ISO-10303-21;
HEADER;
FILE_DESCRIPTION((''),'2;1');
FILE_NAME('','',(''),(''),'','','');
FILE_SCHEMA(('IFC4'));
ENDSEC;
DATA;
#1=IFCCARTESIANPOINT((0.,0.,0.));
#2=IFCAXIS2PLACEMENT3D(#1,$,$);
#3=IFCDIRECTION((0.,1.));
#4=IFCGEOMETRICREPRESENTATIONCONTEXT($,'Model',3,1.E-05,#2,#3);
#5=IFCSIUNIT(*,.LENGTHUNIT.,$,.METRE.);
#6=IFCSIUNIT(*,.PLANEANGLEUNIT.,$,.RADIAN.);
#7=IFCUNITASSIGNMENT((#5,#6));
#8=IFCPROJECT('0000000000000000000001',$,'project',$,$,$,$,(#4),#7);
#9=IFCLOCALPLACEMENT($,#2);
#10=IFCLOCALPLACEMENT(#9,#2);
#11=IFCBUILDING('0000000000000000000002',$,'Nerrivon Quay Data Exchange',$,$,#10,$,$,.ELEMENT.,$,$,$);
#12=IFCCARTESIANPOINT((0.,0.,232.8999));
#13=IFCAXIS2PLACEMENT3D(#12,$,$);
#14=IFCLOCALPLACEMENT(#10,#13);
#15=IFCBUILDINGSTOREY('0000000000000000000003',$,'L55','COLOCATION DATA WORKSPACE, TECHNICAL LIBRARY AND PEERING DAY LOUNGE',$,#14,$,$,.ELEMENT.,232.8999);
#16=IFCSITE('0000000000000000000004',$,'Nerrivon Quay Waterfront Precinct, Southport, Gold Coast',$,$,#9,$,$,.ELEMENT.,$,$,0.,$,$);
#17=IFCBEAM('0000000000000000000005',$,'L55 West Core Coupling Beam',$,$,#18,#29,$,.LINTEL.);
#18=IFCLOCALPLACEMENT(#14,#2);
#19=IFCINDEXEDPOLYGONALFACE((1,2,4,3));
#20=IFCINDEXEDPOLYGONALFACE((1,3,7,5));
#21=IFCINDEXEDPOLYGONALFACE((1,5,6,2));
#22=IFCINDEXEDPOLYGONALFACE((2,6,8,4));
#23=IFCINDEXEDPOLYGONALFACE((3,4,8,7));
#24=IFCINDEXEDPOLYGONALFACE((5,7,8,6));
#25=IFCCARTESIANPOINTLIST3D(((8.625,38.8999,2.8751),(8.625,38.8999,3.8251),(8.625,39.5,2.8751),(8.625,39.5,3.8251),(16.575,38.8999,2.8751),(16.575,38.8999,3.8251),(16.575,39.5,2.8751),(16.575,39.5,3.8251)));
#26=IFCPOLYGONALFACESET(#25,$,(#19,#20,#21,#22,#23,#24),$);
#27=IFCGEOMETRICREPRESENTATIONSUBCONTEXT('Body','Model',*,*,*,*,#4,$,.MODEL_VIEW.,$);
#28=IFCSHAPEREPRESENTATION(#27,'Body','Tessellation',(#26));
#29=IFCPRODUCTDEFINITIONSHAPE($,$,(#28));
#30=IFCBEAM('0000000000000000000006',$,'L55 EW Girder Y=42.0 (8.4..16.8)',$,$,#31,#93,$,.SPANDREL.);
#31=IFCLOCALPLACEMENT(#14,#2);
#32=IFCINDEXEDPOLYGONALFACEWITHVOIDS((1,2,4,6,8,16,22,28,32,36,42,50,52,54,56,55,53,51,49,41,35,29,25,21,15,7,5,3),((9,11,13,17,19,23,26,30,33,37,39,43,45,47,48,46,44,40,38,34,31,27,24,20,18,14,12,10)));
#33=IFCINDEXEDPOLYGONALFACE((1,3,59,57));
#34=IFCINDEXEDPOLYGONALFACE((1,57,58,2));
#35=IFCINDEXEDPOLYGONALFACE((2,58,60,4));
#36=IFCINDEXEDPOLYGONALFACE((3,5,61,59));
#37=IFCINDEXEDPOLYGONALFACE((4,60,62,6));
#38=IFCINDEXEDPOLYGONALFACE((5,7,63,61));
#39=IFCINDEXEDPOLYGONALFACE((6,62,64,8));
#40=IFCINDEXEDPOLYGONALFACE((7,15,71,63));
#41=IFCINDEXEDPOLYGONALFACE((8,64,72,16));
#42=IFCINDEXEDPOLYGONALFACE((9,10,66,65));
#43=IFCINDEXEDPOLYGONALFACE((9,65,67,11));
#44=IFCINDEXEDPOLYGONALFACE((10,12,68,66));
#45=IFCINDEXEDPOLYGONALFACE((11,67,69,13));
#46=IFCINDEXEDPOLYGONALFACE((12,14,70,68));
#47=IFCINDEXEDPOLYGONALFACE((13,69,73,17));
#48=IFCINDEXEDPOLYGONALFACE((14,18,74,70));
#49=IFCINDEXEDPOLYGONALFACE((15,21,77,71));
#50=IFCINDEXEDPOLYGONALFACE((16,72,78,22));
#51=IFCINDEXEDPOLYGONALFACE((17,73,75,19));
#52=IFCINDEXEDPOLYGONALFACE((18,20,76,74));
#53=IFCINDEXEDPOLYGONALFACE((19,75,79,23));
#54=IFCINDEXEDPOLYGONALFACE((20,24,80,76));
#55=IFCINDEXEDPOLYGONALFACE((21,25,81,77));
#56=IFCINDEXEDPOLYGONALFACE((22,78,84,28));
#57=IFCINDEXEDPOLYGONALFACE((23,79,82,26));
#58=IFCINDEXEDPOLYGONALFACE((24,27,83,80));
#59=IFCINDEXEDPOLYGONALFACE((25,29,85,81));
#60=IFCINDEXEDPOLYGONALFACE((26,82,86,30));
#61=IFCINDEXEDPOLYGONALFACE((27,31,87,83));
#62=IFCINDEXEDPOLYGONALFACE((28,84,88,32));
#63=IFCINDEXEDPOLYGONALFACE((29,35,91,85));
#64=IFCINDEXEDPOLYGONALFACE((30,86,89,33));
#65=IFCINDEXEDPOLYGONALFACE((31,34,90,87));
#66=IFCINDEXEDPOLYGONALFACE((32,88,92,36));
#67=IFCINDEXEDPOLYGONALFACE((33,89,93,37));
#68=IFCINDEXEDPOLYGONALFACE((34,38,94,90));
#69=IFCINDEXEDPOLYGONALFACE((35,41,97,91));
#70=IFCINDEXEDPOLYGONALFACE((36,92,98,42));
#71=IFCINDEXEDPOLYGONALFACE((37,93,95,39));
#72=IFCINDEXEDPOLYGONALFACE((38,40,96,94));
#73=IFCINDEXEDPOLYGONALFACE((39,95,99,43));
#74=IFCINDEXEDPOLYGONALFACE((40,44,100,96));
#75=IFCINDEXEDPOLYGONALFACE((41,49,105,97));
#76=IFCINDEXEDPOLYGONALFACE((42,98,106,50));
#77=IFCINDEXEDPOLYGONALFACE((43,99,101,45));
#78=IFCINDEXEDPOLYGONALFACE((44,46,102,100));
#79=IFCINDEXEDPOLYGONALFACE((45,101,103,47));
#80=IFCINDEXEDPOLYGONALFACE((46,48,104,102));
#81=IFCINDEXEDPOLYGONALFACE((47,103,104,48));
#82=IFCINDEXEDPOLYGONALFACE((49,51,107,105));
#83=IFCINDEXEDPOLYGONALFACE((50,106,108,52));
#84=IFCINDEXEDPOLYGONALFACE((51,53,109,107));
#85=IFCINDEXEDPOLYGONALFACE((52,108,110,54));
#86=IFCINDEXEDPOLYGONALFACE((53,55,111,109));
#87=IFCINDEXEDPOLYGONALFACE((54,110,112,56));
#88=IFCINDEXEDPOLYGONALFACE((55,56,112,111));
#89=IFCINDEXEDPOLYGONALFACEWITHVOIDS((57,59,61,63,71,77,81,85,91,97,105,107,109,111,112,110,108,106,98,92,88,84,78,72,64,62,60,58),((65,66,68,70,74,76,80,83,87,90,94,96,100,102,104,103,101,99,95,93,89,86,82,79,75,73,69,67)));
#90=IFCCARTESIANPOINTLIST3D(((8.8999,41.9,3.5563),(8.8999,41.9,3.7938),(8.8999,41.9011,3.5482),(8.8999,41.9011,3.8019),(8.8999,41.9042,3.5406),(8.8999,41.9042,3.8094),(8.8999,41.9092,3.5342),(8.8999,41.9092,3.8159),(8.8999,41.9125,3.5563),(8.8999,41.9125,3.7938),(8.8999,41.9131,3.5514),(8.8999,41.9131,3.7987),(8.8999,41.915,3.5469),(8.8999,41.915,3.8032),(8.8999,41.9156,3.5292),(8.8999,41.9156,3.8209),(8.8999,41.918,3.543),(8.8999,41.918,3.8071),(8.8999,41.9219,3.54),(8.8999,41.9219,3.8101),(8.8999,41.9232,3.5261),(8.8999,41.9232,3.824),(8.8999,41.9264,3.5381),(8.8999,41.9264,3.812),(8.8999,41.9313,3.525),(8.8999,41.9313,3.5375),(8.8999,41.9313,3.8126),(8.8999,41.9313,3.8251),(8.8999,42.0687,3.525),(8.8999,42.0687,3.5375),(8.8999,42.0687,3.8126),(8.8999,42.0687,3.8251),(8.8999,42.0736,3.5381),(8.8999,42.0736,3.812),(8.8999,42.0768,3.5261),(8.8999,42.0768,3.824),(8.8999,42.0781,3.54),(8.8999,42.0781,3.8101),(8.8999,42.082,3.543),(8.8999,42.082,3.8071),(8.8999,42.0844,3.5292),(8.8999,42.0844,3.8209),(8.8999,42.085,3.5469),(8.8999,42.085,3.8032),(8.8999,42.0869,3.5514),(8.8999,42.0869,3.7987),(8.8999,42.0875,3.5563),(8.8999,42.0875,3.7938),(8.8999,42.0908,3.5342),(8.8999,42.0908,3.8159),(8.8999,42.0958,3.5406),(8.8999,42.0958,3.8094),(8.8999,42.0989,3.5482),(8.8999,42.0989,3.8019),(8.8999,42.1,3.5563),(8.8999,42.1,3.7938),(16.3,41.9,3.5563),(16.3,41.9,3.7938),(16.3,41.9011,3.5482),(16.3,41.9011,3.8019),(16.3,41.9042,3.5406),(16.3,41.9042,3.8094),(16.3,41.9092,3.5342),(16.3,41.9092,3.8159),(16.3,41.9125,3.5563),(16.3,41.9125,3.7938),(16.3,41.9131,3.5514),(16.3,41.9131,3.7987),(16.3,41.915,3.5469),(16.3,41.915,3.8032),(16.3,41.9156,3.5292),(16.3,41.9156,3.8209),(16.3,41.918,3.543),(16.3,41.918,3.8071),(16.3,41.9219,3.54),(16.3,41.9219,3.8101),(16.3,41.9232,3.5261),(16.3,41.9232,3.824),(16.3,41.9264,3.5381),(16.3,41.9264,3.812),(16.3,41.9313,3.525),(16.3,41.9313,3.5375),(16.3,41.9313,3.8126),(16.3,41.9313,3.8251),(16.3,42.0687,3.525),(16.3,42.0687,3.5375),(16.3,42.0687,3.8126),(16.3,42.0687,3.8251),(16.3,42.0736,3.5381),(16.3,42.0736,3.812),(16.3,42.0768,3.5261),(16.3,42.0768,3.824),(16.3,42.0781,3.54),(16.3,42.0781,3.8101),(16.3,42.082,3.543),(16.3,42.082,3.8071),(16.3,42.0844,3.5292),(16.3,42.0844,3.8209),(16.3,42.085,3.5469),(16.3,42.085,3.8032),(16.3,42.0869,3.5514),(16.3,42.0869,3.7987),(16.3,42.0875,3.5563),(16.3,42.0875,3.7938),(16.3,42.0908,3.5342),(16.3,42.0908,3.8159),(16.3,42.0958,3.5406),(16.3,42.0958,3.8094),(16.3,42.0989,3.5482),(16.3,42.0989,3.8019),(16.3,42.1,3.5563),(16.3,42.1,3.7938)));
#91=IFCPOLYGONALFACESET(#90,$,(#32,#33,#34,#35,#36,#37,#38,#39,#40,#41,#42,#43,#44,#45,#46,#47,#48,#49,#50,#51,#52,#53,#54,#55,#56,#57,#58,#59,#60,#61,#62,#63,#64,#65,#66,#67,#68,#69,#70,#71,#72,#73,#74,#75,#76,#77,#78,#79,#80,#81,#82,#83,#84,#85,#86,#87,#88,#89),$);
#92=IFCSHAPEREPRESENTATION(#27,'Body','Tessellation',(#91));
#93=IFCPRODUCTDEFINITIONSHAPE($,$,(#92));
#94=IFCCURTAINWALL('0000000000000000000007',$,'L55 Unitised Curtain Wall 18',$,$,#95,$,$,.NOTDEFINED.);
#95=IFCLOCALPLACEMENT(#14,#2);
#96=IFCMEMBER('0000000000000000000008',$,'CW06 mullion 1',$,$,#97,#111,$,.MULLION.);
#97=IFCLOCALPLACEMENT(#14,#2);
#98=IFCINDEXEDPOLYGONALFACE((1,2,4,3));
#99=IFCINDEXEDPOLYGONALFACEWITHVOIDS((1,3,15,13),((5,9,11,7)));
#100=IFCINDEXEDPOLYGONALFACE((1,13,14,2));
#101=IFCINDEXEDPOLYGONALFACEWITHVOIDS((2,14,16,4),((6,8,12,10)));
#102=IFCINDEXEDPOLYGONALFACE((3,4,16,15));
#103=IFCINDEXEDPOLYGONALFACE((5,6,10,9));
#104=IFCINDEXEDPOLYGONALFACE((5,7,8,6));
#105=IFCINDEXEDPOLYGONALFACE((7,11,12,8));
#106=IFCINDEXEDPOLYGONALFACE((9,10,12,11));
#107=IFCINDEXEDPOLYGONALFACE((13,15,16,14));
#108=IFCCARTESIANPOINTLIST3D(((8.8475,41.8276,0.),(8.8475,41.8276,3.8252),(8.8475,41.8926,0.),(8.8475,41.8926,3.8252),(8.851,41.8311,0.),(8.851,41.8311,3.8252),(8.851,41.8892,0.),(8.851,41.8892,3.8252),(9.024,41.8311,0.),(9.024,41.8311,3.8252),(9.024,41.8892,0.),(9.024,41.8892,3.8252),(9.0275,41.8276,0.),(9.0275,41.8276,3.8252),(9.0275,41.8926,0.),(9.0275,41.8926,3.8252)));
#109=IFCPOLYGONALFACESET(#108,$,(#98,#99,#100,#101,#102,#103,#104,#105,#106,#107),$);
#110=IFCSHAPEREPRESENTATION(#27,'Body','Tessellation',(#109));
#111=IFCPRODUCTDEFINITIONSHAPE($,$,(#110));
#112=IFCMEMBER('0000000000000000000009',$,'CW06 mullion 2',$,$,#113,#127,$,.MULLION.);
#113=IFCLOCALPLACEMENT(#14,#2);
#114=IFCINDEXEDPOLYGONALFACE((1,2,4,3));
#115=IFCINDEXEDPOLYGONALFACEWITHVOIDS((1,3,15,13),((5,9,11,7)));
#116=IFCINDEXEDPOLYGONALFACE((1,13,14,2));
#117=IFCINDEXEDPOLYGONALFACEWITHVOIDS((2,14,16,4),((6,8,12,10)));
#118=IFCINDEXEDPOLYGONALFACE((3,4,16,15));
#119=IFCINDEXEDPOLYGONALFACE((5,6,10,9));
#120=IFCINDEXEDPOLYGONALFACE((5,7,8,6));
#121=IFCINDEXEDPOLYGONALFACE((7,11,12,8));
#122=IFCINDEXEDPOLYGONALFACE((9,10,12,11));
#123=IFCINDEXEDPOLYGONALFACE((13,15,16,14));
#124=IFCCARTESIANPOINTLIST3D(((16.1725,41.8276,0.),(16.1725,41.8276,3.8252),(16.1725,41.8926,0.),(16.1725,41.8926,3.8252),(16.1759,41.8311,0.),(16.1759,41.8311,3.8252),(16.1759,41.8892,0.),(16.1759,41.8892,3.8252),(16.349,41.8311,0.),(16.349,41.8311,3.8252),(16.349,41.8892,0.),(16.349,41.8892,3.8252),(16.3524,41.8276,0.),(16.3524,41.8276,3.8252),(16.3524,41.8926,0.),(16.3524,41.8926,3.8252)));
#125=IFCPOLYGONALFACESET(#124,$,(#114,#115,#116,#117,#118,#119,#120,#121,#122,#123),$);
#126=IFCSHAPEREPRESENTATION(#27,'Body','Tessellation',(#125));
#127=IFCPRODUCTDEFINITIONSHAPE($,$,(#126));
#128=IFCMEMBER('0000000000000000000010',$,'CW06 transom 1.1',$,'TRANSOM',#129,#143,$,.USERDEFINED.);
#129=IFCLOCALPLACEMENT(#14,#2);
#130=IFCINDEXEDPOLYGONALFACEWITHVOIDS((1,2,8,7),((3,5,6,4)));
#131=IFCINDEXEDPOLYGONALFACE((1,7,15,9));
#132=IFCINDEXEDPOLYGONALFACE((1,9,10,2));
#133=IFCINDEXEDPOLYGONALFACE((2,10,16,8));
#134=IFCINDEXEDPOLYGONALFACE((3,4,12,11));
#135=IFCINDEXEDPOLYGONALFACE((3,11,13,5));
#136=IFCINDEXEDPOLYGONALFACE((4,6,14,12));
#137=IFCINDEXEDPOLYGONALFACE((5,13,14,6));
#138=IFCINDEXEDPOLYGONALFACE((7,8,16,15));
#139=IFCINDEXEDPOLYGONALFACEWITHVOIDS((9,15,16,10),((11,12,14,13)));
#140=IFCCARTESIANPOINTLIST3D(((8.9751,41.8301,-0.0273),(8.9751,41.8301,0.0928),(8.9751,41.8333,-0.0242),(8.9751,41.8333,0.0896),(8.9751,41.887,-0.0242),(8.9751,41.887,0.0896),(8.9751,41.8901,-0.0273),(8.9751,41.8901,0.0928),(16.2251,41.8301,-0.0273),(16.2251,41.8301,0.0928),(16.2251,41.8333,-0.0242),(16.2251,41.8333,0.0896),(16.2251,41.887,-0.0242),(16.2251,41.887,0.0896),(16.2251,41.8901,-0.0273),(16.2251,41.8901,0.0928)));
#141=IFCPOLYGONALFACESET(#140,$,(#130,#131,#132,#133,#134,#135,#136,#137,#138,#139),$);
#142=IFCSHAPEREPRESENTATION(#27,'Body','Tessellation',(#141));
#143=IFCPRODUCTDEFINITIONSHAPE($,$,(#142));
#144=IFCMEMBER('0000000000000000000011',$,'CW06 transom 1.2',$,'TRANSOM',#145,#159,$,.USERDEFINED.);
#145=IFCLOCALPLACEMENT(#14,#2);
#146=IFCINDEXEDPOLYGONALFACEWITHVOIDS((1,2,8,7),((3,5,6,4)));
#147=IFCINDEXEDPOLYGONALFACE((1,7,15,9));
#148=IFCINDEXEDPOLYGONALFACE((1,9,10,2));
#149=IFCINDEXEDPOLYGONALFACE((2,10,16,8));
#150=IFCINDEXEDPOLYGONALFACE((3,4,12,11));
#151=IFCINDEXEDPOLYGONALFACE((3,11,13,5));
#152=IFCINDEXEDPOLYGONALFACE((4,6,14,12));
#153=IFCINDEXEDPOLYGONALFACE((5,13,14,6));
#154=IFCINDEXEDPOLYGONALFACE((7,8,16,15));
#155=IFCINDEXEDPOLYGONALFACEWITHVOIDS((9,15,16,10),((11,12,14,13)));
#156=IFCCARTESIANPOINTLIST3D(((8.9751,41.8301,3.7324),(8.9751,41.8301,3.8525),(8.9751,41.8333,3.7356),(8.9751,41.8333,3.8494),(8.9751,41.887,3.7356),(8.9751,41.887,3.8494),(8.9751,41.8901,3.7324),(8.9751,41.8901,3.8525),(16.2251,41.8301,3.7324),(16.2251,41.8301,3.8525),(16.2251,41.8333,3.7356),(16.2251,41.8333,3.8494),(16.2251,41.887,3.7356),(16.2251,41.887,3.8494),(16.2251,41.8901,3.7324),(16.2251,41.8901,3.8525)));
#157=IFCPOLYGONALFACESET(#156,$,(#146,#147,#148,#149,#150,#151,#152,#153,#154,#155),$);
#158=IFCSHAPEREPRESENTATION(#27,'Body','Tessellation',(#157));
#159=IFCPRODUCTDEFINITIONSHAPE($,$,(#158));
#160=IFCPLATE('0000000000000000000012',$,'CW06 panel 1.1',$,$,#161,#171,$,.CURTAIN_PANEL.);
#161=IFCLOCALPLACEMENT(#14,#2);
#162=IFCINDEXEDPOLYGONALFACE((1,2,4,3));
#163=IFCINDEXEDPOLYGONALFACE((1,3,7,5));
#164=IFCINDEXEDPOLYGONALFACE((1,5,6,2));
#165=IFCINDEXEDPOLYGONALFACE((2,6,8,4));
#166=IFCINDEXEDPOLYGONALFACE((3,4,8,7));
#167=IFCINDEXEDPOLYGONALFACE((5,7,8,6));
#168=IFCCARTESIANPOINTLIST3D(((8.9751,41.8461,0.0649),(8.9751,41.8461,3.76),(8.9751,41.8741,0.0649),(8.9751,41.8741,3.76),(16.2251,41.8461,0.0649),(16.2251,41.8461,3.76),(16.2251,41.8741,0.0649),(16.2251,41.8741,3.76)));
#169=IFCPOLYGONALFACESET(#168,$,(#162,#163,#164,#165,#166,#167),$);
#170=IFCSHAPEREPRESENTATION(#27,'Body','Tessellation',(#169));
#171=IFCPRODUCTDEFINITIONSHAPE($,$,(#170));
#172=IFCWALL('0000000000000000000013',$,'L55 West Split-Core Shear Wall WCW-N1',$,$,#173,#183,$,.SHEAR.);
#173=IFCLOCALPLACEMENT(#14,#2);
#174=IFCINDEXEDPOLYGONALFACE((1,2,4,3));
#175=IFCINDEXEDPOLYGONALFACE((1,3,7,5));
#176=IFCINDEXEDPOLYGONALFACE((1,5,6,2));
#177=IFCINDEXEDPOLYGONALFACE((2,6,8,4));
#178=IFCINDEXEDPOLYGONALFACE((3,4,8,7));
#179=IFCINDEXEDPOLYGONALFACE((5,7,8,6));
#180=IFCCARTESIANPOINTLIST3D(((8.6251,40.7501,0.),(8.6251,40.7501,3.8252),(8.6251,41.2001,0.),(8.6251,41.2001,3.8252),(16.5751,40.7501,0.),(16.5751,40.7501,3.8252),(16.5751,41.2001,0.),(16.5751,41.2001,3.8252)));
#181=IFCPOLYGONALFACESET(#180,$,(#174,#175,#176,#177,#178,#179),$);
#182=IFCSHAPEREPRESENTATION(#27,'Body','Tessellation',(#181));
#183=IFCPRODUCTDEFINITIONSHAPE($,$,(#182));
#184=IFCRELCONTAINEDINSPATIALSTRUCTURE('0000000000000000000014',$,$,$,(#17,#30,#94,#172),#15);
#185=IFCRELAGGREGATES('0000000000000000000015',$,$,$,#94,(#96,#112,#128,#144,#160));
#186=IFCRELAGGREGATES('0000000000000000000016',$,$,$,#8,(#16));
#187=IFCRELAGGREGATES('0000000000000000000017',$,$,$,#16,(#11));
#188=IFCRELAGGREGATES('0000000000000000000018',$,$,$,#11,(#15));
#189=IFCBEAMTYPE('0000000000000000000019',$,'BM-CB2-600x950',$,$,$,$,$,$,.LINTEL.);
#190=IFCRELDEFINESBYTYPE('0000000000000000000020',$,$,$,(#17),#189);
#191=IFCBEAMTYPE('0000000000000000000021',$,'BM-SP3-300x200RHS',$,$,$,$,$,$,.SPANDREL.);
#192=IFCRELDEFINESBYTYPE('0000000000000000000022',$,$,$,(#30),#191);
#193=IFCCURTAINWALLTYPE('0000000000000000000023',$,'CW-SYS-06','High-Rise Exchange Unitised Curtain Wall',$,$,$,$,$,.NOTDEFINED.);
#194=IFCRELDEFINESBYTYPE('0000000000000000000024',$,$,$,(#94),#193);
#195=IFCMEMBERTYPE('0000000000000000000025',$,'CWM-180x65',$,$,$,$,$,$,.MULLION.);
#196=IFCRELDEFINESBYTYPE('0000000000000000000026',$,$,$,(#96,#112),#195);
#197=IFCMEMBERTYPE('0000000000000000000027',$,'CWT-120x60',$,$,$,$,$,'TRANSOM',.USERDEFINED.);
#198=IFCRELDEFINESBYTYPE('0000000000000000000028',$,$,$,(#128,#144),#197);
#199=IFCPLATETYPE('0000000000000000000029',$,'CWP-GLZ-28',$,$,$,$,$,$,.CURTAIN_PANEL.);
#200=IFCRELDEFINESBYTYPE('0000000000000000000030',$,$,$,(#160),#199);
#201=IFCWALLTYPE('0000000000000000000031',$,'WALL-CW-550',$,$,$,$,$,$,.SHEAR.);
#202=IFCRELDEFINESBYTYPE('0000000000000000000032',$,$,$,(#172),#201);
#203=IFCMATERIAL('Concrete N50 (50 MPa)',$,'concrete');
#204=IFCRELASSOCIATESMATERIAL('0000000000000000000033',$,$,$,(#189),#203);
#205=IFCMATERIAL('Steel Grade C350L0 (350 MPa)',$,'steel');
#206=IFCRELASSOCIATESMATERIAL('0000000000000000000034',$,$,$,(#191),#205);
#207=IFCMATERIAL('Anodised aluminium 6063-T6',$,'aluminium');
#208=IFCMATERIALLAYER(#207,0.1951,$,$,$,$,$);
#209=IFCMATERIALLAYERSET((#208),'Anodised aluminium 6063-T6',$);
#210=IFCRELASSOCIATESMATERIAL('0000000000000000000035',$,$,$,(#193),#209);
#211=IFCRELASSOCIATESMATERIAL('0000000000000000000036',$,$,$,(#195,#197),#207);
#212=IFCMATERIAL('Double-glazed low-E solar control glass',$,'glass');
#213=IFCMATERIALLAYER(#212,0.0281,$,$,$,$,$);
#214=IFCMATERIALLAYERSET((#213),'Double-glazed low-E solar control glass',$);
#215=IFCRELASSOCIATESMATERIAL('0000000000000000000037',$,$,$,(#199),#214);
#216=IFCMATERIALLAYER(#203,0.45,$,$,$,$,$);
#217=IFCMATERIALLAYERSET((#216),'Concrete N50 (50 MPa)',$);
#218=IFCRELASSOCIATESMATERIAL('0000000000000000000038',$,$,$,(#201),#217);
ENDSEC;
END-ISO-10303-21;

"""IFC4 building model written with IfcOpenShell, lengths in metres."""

from ifc_helpers import new_model, si_unit, direction, frame, frame_2d, origin, origin_2d, place, context, subcontext, project, spatial, rectangle, hollow_rectangle, extrude, material, layer, layer_set, material_profile, profile_set, type_object, element, aggregate, save


model = new_model("IFC4")

# Units and contexts
model_context = context("Model", 3, precision=1e-05, world=origin(), true_north=direction((0.0, 1.0)))
body_context = subcontext(model_context, "Body", "Model", "MODEL_VIEW")
ifc_project = project(units=[si_unit("LENGTHUNIT", "METRE"), si_unit("PLANEANGLEUNIT", "RADIAN")], contexts=[model_context])

# Site, building, storey
site_placement = place(None, origin())
site = spatial("IfcSite", under=ifc_project, at=site_placement, Name="Nerrivon Quay Waterfront Precinct, Southport, Gold Coast", CompositionType="ELEMENT", RefElevation=0.0)
building_placement = place(site_placement, origin())
building = spatial("IfcBuilding", under=site, at=building_placement, Name="Nerrivon Quay Data Exchange", CompositionType="ELEMENT")
storey_placement = place(building_placement, frame((0.0, 0.0, 232.8999)))
storey = spatial("IfcBuildingStorey", under=building, at=storey_placement, Name="L55", Description="COLOCATION DATA WORKSPACE, TECHNICAL LIBRARY AND PEERING DAY LOUNGE", CompositionType="ELEMENT", Elevation=232.8999)

# Beams
ifc_material_1 = material(Name="Concrete N50 (50 MPa)", Category="concrete")
ifc_material_profile_1 = material_profile(ifc_material_1, rectangle(XDim=0.6001, YDim=0.95, at=origin_2d()), Name="RC-CB-600x950")
ifc_profile_set_1 = profile_set([ifc_material_profile_1], Name="Concrete N50 (50 MPa)")
beam_type_1 = type_object("IfcBeamType", Name="BM-CB2-600x950", PredefinedType="LINTEL", material=ifc_profile_set_1)
beam_1_placement = place(storey_placement, frame((8.625, 39.2, 3.3501), z_axis=(1.0, 0.0, 0.0), x_axis=(0.0, 1.0, 0.0)))
element("IfcBeam", 1, at=beam_1_placement, inside=storey, type_object=beam_type_1, Name="L55 West Core Coupling Beam", PredefinedType="LINTEL", context=body_context, shape_type="SweptSolid", body=[
    extrude(rectangle(XDim=0.6001, YDim=0.95, at=origin_2d()), origin(), (0.0, 0.0, 1.0), 7.95),
])
ifc_material_2 = material(Name="Steel Grade C350L0 (350 MPa)", Category="steel")
ifc_material_profile_2 = material_profile(ifc_material_2, hollow_rectangle(XDim=0.2, YDim=0.3, WallThickness=0.0125, InnerFilletRadius=0.0188, OuterFilletRadius=0.0312, at=origin_2d()), Name="300x200x12.5RHS")
ifc_profile_set_2 = profile_set([ifc_material_profile_2], Name="Steel Grade C350L0 (350 MPa)")
beam_type_2 = type_object("IfcBeamType", Name="BM-SP3-300x200RHS", PredefinedType="SPANDREL", material=ifc_profile_set_2)
beam_2_placement = place(storey_placement, frame((8.8999, 42.0, 3.675), z_axis=(1.0, 0.0, 0.0), x_axis=(0.0, 1.0, 0.0)))
element("IfcBeam", 2, at=beam_2_placement, inside=storey, type_object=beam_type_2, Name="L55 EW Girder Y=42.0 (8.4..16.8)", PredefinedType="SPANDREL", context=body_context, shape_type="SweptSolid", body=[
    extrude(hollow_rectangle(XDim=0.2, YDim=0.3, WallThickness=0.0125, InnerFilletRadius=0.0188, OuterFilletRadius=0.0312, at=origin_2d()), origin(), (0.0, 0.0, 1.0), 7.4001),
])

# Curtain wall, members, plate
ifc_material_3 = material(Name="Anodised aluminium 6063-T6", Category="aluminium")
ifc_layer_1 = layer(ifc_material_3, 0.1951)
ifc_layer_set_1 = layer_set([ifc_layer_1], Name="Anodised aluminium 6063-T6")
curtain_wall_type = type_object("IfcCurtainWallType", Name="CW-SYS-06", Description="High-Rise Exchange Unitised Curtain Wall", PredefinedType="NOTDEFINED", material=ifc_layer_set_1)
curtain_wall_placement = place(storey_placement, origin())
curtain_wall = element("IfcCurtainWall", 3, at=curtain_wall_placement, inside=storey, type_object=curtain_wall_type, Name="L55 Unitised Curtain Wall 18", PredefinedType="NOTDEFINED")
ifc_material_profile_3 = material_profile(ifc_material_3, hollow_rectangle(XDim=0.0649, YDim=0.1799, WallThickness=0.0034, at=origin_2d()), Name="ALU-MULL-180x65")
ifc_profile_set_3 = profile_set([ifc_material_profile_3], Name="Anodised aluminium 6063-T6")
member_type_1 = type_object("IfcMemberType", Name="CWM-180x65", PredefinedType="MULLION", material=ifc_profile_set_3)
member_1_placement = place(storey_placement, frame((8.9375, 41.8601, 0.0), z_axis=(0.0, 0.0, 1.0), x_axis=(0.0, 1.0, 0.0)))
member_1 = element("IfcMember", 4, at=member_1_placement, type_object=member_type_1, Name="CW06 mullion 1", PredefinedType="MULLION", context=body_context, shape_type="SweptSolid", body=[
    extrude(hollow_rectangle(XDim=0.0649, YDim=0.1799, WallThickness=0.0034, at=origin_2d()), origin(), (0.0, 0.0, 1.0), 3.8252),
])
member_2_placement = place(storey_placement, frame((16.2625, 41.8601, 0.0), z_axis=(0.0, 0.0, 1.0), x_axis=(0.0, 1.0, 0.0)))
member_2 = element("IfcMember", 5, at=member_2_placement, type_object=member_type_1, Name="CW06 mullion 2", PredefinedType="MULLION", context=body_context, shape_type="SweptSolid", body=[
    extrude(hollow_rectangle(XDim=0.0649, YDim=0.1799, WallThickness=0.0034, at=origin_2d()), origin(), (0.0, 0.0, 1.0), 3.8252),
])
ifc_material_profile_4 = material_profile(ifc_material_3, hollow_rectangle(XDim=0.0601, YDim=0.1201, WallThickness=0.0032, at=origin_2d()), Name="ALU-TRAN-120x60")
ifc_profile_set_4 = profile_set([ifc_material_profile_4], Name="Anodised aluminium 6063-T6")
member_type_2 = type_object("IfcMemberType", Name="CWT-120x60", ElementType="TRANSOM", PredefinedType="USERDEFINED", material=ifc_profile_set_4)
member_3_placement = place(storey_placement, frame((8.9751, 41.8601, 0.0327), z_axis=(1.0, 0.0, 0.0), x_axis=(0.0, 1.0, 0.0)))
member_3 = element("IfcMember", 6, at=member_3_placement, type_object=member_type_2, Name="CW06 transom 1.1", ObjectType="TRANSOM", PredefinedType="USERDEFINED", context=body_context, shape_type="SweptSolid", body=[
    extrude(hollow_rectangle(XDim=0.0601, YDim=0.1201, WallThickness=0.0032, at=origin_2d()), origin(), (0.0, 0.0, 1.0), 7.25),
])
member_4_placement = place(storey_placement, frame((8.9751, 41.8601, 3.7925), z_axis=(1.0, 0.0, 0.0), x_axis=(0.0, 1.0, 0.0)))
member_4 = element("IfcMember", 7, at=member_4_placement, type_object=member_type_2, Name="CW06 transom 1.2", ObjectType="TRANSOM", PredefinedType="USERDEFINED", context=body_context, shape_type="SweptSolid", body=[
    extrude(hollow_rectangle(XDim=0.0601, YDim=0.1201, WallThickness=0.0032, at=origin_2d()), origin(), (0.0, 0.0, 1.0), 7.25),
])
ifc_material_4 = material(Name="Double-glazed low-E solar control glass", Category="glass")
ifc_layer_2 = layer(ifc_material_4, 0.0281)
ifc_layer_set_2 = layer_set([ifc_layer_2], Name="Double-glazed low-E solar control glass")
plate_type = type_object("IfcPlateType", Name="CWP-GLZ-28", PredefinedType="CURTAIN_PANEL", material=ifc_layer_set_2)
plate_placement = place(storey_placement, frame((12.6001, 41.8601, 0.0649), z_axis=(0.0, 0.0, 1.0), x_axis=(1.0, 0.0, 0.0)))
plate = element("IfcPlate", 8, at=plate_placement, type_object=plate_type, Name="CW06 panel 1.1", PredefinedType="CURTAIN_PANEL", context=body_context, shape_type="SweptSolid", body=[
    extrude(rectangle(XDim=7.25, YDim=0.0281, at=origin_2d()), origin(), (0.0, 0.0, 1.0), 3.6951),
])
aggregate(curtain_wall, [member_1, member_2, member_3, member_4, plate])

# Wall
ifc_layer_3 = layer(ifc_material_1, 0.45)
ifc_layer_set_3 = layer_set([ifc_layer_3], Name="Concrete N50 (50 MPa)")
wall_type_1 = type_object("IfcWallType", Name="WALL-CW-550", PredefinedType="SHEAR", material=ifc_layer_set_3)
wall_1_placement = place(storey_placement, frame((8.625, 40.9751, 0.0), z_axis=(0.0, 0.0, 1.0), x_axis=(1.0, 0.0, 0.0)))
element("IfcWall", 9, at=wall_1_placement, inside=storey, type_object=wall_type_1, Name="L55 West Split-Core Shear Wall WCW-N1", PredefinedType="SHEAR", context=body_context, shape_type="SweptSolid", body=[
    extrude(rectangle(XDim=7.95, YDim=0.45, at=frame_2d((3.9751, 0.0))), origin(), (0.0, 0.0, 1.0), 3.8252),
])

save(model, "model.ifc")
